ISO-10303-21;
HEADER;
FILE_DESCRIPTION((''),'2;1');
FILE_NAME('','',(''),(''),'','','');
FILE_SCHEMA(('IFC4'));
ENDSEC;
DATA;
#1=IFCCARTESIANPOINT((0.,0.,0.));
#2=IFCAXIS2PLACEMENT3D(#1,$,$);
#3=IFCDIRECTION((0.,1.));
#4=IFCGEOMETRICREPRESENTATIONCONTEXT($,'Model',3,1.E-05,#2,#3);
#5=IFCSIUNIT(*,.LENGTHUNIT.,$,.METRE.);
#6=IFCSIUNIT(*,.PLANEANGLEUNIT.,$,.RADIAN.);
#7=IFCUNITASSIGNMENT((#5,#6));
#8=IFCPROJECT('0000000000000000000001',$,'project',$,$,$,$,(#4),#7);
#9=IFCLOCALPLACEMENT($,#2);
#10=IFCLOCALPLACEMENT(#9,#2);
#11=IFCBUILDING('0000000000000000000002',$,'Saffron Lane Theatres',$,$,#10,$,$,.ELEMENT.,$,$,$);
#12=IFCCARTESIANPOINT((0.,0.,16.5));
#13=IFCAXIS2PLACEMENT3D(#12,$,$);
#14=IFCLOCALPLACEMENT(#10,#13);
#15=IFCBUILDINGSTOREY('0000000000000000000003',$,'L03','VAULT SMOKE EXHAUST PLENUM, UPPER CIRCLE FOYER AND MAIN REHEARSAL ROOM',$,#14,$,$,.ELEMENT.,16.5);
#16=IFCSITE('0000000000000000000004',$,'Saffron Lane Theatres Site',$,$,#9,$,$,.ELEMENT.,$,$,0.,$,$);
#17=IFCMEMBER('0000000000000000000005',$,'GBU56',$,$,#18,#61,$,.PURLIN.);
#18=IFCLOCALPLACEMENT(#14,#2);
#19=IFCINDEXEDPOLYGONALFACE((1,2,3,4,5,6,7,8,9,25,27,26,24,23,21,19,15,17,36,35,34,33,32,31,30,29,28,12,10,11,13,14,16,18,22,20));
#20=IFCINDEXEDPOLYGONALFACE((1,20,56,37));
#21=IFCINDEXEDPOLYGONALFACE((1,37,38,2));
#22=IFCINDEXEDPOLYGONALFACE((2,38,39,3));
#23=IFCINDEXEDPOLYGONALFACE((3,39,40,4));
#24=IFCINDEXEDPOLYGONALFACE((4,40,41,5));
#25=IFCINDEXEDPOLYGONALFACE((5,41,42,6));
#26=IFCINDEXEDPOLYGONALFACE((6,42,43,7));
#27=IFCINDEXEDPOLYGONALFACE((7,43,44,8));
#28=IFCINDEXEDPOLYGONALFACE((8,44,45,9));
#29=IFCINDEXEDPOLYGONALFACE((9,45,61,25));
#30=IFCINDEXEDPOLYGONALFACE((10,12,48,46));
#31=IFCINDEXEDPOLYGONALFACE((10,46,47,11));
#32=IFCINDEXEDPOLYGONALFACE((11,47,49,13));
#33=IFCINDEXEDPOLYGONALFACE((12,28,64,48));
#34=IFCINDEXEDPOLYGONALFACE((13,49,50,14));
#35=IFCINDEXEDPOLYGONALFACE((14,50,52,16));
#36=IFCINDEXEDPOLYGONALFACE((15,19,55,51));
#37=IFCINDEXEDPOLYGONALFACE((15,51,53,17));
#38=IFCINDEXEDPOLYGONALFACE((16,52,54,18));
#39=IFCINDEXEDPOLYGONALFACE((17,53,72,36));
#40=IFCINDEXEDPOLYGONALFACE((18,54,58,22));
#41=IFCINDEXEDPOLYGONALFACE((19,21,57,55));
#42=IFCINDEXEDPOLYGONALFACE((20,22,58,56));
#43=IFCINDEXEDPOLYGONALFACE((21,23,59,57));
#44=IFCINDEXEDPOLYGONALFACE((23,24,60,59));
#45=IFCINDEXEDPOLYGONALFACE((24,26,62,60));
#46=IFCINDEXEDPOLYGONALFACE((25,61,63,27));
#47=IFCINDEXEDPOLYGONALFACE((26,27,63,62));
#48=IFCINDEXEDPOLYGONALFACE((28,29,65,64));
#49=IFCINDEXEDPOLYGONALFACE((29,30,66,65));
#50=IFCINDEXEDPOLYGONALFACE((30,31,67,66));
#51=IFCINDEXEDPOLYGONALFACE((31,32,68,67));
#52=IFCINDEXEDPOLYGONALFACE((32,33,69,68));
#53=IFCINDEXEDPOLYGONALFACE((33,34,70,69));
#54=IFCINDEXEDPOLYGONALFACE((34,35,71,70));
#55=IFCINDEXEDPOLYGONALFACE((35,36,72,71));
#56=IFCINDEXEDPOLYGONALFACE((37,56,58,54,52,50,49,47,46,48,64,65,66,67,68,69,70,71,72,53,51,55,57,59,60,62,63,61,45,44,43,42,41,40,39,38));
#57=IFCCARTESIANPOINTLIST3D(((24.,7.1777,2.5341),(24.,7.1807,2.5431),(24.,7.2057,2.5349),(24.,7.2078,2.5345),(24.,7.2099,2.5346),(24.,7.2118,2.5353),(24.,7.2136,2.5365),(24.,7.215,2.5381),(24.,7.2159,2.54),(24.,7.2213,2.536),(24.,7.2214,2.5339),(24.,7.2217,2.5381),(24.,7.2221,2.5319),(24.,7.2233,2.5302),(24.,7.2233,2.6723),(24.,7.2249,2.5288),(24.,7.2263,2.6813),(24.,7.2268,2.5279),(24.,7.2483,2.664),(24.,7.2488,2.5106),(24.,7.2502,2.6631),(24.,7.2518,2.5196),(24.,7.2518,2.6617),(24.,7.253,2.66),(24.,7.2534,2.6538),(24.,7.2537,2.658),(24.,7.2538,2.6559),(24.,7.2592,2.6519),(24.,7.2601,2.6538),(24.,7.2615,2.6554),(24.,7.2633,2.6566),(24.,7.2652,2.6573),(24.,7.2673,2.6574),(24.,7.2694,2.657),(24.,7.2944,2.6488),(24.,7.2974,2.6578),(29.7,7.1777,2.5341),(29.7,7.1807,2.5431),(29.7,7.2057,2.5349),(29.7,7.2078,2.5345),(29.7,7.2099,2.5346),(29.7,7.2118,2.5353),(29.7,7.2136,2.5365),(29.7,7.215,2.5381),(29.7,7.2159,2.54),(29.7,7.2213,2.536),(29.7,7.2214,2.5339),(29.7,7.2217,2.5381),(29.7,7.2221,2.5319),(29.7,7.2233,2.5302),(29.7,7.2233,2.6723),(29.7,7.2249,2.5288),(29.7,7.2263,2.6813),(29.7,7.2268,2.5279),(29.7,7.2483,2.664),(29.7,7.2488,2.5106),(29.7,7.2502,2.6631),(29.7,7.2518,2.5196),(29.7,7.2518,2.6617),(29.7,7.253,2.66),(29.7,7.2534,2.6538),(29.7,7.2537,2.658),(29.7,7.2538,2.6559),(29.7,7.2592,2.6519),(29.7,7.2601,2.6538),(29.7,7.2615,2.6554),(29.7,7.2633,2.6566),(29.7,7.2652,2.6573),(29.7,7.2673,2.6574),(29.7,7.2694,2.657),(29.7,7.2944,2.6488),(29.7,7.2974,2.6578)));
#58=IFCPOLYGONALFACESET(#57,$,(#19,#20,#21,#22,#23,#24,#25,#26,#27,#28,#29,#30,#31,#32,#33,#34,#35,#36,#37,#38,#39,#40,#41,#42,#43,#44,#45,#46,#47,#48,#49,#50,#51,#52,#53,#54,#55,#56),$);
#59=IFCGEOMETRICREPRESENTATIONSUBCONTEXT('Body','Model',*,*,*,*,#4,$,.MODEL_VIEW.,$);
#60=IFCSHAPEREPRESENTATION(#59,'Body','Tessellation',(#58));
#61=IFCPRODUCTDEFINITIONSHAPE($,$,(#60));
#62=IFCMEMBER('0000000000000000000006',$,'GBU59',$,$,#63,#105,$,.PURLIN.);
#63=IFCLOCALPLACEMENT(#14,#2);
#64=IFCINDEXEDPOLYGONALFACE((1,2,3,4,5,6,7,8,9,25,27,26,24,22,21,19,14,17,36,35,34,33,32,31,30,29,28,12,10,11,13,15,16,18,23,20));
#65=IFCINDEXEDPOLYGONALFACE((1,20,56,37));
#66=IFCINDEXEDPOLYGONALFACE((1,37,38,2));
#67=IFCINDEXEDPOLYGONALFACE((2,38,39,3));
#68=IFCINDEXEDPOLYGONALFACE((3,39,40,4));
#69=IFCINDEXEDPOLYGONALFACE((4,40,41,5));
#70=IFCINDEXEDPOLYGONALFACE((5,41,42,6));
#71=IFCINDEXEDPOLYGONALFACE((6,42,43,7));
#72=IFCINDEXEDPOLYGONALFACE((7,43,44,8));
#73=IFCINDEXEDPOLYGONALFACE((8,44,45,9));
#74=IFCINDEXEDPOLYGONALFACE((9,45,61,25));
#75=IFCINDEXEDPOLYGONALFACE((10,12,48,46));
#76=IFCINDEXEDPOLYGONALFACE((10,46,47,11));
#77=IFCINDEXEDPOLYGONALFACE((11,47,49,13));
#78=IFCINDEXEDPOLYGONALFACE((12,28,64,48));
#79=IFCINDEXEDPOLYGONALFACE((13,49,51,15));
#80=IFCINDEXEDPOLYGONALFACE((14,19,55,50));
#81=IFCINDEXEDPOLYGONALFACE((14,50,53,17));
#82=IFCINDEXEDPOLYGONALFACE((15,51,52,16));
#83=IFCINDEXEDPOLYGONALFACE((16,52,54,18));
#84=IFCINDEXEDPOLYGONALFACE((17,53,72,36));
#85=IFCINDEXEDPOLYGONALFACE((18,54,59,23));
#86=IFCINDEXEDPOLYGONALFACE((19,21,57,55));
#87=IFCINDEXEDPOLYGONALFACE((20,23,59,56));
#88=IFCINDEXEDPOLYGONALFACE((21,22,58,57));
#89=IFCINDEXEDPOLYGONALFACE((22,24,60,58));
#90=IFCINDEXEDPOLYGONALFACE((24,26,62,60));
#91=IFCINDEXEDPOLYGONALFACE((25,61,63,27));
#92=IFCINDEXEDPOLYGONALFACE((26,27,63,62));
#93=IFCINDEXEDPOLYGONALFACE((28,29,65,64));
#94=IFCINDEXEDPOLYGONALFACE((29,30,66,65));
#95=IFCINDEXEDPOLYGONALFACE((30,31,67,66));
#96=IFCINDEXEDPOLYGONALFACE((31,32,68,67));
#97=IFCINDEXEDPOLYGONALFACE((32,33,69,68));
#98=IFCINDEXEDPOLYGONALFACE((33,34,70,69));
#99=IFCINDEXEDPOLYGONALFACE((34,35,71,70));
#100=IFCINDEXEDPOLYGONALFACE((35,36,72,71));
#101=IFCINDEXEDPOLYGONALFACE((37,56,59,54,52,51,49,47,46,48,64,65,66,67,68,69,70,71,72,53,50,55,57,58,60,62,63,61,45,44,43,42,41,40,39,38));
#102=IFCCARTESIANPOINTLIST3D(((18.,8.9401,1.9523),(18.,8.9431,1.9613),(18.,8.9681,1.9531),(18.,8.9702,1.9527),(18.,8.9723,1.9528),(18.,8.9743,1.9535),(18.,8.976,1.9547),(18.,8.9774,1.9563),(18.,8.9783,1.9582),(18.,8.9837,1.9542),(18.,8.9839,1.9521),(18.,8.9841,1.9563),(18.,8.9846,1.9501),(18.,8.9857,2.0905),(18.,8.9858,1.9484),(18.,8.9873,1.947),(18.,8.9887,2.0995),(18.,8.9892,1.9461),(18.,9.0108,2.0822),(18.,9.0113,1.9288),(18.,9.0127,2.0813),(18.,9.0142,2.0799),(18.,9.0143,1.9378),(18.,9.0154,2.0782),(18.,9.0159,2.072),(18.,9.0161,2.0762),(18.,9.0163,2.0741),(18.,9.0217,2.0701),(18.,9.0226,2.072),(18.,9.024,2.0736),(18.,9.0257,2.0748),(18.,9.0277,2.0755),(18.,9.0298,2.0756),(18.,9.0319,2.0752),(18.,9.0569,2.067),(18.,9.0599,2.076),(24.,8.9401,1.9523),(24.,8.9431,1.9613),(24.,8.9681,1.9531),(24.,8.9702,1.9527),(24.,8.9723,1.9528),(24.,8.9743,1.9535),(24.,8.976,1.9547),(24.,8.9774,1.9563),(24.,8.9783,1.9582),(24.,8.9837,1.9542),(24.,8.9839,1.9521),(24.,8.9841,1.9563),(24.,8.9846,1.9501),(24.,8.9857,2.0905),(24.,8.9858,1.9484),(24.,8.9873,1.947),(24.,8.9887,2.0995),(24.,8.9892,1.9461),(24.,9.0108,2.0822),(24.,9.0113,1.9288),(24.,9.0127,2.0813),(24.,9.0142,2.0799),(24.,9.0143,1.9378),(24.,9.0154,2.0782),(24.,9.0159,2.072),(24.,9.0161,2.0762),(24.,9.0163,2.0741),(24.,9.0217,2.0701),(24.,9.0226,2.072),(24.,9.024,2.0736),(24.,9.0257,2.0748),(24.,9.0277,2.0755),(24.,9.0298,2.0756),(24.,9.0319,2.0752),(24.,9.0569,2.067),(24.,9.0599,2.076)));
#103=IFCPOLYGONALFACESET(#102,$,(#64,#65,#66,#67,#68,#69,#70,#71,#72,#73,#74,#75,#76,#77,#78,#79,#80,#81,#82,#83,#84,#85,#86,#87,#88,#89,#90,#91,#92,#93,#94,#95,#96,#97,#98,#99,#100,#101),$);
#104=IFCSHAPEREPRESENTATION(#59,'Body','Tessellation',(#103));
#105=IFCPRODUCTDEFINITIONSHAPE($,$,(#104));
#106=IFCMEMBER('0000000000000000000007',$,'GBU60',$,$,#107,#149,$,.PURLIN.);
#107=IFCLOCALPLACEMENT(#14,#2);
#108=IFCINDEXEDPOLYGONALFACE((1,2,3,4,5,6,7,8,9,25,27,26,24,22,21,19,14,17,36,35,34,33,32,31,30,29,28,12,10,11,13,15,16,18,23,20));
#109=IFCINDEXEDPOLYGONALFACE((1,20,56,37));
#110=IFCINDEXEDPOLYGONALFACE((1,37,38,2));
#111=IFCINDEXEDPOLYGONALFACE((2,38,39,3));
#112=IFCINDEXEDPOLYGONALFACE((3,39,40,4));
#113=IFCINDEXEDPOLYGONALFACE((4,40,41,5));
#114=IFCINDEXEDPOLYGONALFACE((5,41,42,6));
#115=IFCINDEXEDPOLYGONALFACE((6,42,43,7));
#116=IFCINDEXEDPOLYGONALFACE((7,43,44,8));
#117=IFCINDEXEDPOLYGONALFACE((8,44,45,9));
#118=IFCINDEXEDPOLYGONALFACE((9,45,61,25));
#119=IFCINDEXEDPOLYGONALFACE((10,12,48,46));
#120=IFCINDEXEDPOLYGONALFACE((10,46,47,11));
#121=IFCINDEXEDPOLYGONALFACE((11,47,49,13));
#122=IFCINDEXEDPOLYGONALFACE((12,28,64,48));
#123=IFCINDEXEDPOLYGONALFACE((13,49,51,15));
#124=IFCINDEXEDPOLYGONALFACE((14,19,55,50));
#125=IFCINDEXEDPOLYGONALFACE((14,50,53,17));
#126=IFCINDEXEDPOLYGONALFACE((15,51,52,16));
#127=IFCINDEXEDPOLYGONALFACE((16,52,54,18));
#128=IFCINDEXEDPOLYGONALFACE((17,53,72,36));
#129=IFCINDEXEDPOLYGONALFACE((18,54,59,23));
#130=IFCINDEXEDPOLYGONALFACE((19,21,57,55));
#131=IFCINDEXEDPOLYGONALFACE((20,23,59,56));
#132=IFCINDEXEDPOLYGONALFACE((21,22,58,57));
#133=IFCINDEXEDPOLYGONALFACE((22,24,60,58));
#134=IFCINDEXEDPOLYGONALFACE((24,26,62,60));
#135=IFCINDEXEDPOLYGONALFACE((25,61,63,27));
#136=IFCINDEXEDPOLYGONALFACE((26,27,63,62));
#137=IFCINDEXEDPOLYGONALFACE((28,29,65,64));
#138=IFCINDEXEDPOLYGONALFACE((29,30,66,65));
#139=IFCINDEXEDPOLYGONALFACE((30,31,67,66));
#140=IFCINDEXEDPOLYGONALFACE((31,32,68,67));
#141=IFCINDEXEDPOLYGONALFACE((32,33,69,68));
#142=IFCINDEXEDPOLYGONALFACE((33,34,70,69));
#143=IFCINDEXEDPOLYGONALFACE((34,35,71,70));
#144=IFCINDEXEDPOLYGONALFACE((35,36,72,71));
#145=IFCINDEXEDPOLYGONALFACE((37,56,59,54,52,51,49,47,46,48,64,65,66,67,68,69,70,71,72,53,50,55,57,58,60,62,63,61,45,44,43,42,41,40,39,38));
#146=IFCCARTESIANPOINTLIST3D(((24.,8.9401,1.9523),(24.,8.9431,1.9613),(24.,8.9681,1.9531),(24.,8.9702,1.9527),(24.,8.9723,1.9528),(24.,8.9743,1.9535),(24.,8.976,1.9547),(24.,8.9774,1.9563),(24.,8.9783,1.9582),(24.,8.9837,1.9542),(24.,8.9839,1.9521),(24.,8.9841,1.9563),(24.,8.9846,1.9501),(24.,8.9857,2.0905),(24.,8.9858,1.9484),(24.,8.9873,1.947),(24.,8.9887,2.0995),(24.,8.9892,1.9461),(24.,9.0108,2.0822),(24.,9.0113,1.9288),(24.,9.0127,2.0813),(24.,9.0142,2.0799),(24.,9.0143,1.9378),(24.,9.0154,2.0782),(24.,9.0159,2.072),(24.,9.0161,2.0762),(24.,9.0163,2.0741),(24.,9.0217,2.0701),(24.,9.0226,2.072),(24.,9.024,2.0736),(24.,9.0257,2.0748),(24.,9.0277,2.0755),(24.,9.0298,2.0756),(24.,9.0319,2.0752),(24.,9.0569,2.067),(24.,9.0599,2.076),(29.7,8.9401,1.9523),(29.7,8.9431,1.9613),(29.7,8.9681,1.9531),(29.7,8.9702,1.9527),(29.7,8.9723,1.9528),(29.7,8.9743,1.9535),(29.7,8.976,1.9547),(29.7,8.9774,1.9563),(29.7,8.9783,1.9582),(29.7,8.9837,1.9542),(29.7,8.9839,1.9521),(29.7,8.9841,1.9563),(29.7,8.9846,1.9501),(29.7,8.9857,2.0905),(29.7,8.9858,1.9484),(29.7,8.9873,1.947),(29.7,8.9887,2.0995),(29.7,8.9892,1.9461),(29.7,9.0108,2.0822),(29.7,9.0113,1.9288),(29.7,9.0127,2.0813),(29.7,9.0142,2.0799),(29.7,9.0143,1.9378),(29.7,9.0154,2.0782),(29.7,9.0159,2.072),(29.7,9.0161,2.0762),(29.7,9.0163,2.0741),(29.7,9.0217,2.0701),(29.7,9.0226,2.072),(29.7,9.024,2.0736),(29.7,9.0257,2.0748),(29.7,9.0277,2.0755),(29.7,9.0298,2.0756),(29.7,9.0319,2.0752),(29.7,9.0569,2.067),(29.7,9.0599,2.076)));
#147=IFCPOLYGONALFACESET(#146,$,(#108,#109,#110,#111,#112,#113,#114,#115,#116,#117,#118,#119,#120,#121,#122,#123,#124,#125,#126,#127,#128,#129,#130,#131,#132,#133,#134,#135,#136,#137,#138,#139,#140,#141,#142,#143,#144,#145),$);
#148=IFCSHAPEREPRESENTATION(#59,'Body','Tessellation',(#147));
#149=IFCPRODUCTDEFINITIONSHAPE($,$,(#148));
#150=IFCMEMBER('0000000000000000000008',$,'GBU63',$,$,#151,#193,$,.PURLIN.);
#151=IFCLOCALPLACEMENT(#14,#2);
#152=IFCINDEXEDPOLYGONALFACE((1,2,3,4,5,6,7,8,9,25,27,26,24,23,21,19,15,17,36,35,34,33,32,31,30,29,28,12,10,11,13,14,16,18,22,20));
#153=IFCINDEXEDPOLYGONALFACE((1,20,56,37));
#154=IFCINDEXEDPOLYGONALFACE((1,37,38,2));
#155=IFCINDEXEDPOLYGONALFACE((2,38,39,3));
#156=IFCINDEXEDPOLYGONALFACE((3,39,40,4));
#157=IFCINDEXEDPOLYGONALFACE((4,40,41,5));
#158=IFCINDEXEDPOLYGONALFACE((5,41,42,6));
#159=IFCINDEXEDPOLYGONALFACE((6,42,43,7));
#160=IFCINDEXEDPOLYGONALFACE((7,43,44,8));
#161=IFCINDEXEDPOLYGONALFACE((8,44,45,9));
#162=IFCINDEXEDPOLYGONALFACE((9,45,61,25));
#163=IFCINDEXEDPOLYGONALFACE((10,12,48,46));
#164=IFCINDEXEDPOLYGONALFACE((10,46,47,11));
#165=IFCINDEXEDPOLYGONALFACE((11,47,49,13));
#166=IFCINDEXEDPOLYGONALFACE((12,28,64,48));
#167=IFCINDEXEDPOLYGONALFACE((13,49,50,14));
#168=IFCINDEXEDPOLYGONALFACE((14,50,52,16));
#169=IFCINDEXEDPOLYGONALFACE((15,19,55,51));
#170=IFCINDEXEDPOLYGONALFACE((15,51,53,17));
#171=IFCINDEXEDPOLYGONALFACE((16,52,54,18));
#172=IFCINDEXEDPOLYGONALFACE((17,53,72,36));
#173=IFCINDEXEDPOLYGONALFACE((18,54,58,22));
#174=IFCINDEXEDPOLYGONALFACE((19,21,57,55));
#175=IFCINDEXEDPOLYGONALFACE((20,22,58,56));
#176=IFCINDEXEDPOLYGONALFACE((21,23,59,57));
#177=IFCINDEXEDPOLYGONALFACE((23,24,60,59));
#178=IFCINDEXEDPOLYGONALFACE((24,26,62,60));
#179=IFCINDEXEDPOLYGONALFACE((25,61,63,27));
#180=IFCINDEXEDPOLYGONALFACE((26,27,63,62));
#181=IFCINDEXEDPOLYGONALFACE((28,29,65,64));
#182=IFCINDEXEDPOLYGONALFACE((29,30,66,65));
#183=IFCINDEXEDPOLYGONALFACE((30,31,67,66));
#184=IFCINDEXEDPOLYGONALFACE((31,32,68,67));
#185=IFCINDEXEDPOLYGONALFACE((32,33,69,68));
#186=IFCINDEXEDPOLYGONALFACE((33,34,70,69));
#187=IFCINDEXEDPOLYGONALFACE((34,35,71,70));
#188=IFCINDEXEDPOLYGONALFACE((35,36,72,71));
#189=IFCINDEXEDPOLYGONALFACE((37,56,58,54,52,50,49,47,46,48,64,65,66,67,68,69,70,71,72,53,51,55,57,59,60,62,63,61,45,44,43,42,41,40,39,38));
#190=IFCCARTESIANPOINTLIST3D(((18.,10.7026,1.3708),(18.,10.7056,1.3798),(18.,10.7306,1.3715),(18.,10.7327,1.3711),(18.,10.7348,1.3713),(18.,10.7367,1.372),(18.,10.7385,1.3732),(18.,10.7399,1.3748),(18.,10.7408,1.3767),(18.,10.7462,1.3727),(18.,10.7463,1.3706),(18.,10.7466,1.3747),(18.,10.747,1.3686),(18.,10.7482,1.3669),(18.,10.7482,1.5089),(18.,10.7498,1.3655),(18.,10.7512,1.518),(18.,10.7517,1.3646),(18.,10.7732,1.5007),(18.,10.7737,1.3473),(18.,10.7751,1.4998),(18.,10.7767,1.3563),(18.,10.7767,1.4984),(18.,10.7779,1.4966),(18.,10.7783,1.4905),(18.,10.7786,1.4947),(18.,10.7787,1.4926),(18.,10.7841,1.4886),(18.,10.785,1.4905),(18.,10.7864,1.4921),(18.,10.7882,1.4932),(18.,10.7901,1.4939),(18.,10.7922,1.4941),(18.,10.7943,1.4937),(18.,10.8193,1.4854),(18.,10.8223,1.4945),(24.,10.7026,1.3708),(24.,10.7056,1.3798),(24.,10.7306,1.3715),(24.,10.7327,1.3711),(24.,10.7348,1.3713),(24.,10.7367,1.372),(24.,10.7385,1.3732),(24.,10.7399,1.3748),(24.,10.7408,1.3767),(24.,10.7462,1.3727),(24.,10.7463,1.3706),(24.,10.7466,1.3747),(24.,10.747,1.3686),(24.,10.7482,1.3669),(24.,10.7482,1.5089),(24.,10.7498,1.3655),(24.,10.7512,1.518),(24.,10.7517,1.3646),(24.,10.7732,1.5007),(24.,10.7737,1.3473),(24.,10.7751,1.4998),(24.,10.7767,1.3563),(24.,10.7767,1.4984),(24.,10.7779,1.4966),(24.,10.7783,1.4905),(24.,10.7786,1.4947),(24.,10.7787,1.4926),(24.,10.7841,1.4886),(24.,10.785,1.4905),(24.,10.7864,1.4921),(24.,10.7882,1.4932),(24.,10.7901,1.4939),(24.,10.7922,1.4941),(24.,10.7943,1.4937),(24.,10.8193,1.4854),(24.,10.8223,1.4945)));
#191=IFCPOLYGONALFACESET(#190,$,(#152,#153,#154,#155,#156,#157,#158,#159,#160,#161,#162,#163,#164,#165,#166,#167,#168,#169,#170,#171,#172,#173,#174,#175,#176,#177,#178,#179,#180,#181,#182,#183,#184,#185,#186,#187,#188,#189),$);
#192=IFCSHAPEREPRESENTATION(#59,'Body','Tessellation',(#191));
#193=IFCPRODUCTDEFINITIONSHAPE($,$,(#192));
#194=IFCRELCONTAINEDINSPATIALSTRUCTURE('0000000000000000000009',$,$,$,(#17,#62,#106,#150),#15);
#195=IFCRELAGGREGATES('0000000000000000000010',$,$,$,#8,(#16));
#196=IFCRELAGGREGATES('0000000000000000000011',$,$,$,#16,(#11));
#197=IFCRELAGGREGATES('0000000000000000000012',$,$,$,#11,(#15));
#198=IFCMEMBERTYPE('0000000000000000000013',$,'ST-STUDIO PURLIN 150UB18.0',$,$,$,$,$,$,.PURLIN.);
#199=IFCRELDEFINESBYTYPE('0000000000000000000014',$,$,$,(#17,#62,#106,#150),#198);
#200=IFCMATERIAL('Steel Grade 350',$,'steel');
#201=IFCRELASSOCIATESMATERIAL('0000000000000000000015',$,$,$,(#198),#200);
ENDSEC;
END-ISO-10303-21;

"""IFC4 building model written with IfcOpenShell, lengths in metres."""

from ifc_helpers import new_model, si_unit, direction, frame, origin, origin_2d, place, context, subcontext, project, spatial, i_section, extrude, material, material_profile, profile_set, type_object, element, save


model = new_model("IFC4")

# Units and contexts
model_context = context("Model", 3, precision=1e-05, world=origin(), true_north=direction((0.0, 1.0)))
body_context = subcontext(model_context, "Body", "Model", "MODEL_VIEW")
ifc_project = project(units=[si_unit("LENGTHUNIT", "METRE"), si_unit("PLANEANGLEUNIT", "RADIAN")], contexts=[model_context])

# Site, building, storey
site_placement = place(None, origin())
site = spatial("IfcSite", under=ifc_project, at=site_placement, Name="Saffron Lane Theatres Site", CompositionType="ELEMENT", RefElevation=0.0)
building_placement = place(site_placement, origin())
building = spatial("IfcBuilding", under=site, at=building_placement, Name="Saffron Lane Theatres", CompositionType="ELEMENT")
storey_placement = place(building_placement, frame((0.0, 0.0, 16.5)))
storey = spatial("IfcBuildingStorey", under=building, at=storey_placement, Name="L03", Description="VAULT SMOKE EXHAUST PLENUM, UPPER CIRCLE FOYER AND MAIN REHEARSAL ROOM", CompositionType="ELEMENT", Elevation=16.5)

# Members
ifc_material_1 = material(Name="Steel Grade 350", Category="steel")
ifc_material_profile_1 = material_profile(ifc_material_1, i_section(OverallWidth=0.075, OverallDepth=0.155, WebThickness=0.0061, FlangeThickness=0.0095, FilletRadius=0.0081, at=origin_2d()))
ifc_profile_set_1 = profile_set([ifc_material_profile_1], Name="Steel Grade 350")
member_type_1 = type_object("IfcMemberType", Name="ST-STUDIO PURLIN 150UB18.0", PredefinedType="PURLIN", material=ifc_profile_set_1)
member_1_placement = place(storey_placement, frame((24.0, 7.2375, 2.5959), z_axis=(1.0, 0.0, 0.0), x_axis=(0.0, 0.949629, -0.313377)))
element("IfcMember", 1, at=member_1_placement, inside=storey, type_object=member_type_1, Name="GBU56", PredefinedType="PURLIN", context=body_context, shape_type="SweptSolid", body=[
    extrude(i_section(OverallWidth=0.075, OverallDepth=0.155, WebThickness=0.0061, FlangeThickness=0.0095, FilletRadius=0.0081, at=origin_2d()), origin(), (0.0, 0.0, 1.0), 5.7),
])
member_2_placement = place(storey_placement, frame((18.0, 9.0, 2.0142), z_axis=(1.0, 0.0, 0.0), x_axis=(0.0, 0.949629, -0.313377)))
element("IfcMember", 2, at=member_2_placement, inside=storey, type_object=member_type_1, Name="GBU59", PredefinedType="PURLIN", context=body_context, shape_type="SweptSolid", body=[
    extrude(i_section(OverallWidth=0.075, OverallDepth=0.155, WebThickness=0.0061, FlangeThickness=0.0095, FilletRadius=0.0081, at=origin_2d()), origin(), (0.0, 0.0, 1.0), 6.0),
])
member_3_placement = place(storey_placement, frame((24.0, 9.0, 2.0142), z_axis=(1.0, 0.0, 0.0), x_axis=(0.0, 0.949629, -0.313377)))
element("IfcMember", 3, at=member_3_placement, inside=storey, type_object=member_type_1, Name="GBU60", PredefinedType="PURLIN", context=body_context, shape_type="SweptSolid", body=[
    extrude(i_section(OverallWidth=0.075, OverallDepth=0.155, WebThickness=0.0061, FlangeThickness=0.0095, FilletRadius=0.0081, at=origin_2d()), origin(), (0.0, 0.0, 1.0), 5.7),
])
member_4_placement = place(storey_placement, frame((18.0, 10.7625, 1.4326), z_axis=(1.0, 0.0, 0.0), x_axis=(0.0, 0.949629, -0.313377)))
element("IfcMember", 4, at=member_4_placement, inside=storey, type_object=member_type_1, Name="GBU63", PredefinedType="PURLIN", context=body_context, shape_type="SweptSolid", body=[
    extrude(i_section(OverallWidth=0.075, OverallDepth=0.155, WebThickness=0.0061, FlangeThickness=0.0095, FilletRadius=0.0081, at=origin_2d()), origin(), (0.0, 0.0, 1.0), 6.0),
])

save(model, "model.ifc")
